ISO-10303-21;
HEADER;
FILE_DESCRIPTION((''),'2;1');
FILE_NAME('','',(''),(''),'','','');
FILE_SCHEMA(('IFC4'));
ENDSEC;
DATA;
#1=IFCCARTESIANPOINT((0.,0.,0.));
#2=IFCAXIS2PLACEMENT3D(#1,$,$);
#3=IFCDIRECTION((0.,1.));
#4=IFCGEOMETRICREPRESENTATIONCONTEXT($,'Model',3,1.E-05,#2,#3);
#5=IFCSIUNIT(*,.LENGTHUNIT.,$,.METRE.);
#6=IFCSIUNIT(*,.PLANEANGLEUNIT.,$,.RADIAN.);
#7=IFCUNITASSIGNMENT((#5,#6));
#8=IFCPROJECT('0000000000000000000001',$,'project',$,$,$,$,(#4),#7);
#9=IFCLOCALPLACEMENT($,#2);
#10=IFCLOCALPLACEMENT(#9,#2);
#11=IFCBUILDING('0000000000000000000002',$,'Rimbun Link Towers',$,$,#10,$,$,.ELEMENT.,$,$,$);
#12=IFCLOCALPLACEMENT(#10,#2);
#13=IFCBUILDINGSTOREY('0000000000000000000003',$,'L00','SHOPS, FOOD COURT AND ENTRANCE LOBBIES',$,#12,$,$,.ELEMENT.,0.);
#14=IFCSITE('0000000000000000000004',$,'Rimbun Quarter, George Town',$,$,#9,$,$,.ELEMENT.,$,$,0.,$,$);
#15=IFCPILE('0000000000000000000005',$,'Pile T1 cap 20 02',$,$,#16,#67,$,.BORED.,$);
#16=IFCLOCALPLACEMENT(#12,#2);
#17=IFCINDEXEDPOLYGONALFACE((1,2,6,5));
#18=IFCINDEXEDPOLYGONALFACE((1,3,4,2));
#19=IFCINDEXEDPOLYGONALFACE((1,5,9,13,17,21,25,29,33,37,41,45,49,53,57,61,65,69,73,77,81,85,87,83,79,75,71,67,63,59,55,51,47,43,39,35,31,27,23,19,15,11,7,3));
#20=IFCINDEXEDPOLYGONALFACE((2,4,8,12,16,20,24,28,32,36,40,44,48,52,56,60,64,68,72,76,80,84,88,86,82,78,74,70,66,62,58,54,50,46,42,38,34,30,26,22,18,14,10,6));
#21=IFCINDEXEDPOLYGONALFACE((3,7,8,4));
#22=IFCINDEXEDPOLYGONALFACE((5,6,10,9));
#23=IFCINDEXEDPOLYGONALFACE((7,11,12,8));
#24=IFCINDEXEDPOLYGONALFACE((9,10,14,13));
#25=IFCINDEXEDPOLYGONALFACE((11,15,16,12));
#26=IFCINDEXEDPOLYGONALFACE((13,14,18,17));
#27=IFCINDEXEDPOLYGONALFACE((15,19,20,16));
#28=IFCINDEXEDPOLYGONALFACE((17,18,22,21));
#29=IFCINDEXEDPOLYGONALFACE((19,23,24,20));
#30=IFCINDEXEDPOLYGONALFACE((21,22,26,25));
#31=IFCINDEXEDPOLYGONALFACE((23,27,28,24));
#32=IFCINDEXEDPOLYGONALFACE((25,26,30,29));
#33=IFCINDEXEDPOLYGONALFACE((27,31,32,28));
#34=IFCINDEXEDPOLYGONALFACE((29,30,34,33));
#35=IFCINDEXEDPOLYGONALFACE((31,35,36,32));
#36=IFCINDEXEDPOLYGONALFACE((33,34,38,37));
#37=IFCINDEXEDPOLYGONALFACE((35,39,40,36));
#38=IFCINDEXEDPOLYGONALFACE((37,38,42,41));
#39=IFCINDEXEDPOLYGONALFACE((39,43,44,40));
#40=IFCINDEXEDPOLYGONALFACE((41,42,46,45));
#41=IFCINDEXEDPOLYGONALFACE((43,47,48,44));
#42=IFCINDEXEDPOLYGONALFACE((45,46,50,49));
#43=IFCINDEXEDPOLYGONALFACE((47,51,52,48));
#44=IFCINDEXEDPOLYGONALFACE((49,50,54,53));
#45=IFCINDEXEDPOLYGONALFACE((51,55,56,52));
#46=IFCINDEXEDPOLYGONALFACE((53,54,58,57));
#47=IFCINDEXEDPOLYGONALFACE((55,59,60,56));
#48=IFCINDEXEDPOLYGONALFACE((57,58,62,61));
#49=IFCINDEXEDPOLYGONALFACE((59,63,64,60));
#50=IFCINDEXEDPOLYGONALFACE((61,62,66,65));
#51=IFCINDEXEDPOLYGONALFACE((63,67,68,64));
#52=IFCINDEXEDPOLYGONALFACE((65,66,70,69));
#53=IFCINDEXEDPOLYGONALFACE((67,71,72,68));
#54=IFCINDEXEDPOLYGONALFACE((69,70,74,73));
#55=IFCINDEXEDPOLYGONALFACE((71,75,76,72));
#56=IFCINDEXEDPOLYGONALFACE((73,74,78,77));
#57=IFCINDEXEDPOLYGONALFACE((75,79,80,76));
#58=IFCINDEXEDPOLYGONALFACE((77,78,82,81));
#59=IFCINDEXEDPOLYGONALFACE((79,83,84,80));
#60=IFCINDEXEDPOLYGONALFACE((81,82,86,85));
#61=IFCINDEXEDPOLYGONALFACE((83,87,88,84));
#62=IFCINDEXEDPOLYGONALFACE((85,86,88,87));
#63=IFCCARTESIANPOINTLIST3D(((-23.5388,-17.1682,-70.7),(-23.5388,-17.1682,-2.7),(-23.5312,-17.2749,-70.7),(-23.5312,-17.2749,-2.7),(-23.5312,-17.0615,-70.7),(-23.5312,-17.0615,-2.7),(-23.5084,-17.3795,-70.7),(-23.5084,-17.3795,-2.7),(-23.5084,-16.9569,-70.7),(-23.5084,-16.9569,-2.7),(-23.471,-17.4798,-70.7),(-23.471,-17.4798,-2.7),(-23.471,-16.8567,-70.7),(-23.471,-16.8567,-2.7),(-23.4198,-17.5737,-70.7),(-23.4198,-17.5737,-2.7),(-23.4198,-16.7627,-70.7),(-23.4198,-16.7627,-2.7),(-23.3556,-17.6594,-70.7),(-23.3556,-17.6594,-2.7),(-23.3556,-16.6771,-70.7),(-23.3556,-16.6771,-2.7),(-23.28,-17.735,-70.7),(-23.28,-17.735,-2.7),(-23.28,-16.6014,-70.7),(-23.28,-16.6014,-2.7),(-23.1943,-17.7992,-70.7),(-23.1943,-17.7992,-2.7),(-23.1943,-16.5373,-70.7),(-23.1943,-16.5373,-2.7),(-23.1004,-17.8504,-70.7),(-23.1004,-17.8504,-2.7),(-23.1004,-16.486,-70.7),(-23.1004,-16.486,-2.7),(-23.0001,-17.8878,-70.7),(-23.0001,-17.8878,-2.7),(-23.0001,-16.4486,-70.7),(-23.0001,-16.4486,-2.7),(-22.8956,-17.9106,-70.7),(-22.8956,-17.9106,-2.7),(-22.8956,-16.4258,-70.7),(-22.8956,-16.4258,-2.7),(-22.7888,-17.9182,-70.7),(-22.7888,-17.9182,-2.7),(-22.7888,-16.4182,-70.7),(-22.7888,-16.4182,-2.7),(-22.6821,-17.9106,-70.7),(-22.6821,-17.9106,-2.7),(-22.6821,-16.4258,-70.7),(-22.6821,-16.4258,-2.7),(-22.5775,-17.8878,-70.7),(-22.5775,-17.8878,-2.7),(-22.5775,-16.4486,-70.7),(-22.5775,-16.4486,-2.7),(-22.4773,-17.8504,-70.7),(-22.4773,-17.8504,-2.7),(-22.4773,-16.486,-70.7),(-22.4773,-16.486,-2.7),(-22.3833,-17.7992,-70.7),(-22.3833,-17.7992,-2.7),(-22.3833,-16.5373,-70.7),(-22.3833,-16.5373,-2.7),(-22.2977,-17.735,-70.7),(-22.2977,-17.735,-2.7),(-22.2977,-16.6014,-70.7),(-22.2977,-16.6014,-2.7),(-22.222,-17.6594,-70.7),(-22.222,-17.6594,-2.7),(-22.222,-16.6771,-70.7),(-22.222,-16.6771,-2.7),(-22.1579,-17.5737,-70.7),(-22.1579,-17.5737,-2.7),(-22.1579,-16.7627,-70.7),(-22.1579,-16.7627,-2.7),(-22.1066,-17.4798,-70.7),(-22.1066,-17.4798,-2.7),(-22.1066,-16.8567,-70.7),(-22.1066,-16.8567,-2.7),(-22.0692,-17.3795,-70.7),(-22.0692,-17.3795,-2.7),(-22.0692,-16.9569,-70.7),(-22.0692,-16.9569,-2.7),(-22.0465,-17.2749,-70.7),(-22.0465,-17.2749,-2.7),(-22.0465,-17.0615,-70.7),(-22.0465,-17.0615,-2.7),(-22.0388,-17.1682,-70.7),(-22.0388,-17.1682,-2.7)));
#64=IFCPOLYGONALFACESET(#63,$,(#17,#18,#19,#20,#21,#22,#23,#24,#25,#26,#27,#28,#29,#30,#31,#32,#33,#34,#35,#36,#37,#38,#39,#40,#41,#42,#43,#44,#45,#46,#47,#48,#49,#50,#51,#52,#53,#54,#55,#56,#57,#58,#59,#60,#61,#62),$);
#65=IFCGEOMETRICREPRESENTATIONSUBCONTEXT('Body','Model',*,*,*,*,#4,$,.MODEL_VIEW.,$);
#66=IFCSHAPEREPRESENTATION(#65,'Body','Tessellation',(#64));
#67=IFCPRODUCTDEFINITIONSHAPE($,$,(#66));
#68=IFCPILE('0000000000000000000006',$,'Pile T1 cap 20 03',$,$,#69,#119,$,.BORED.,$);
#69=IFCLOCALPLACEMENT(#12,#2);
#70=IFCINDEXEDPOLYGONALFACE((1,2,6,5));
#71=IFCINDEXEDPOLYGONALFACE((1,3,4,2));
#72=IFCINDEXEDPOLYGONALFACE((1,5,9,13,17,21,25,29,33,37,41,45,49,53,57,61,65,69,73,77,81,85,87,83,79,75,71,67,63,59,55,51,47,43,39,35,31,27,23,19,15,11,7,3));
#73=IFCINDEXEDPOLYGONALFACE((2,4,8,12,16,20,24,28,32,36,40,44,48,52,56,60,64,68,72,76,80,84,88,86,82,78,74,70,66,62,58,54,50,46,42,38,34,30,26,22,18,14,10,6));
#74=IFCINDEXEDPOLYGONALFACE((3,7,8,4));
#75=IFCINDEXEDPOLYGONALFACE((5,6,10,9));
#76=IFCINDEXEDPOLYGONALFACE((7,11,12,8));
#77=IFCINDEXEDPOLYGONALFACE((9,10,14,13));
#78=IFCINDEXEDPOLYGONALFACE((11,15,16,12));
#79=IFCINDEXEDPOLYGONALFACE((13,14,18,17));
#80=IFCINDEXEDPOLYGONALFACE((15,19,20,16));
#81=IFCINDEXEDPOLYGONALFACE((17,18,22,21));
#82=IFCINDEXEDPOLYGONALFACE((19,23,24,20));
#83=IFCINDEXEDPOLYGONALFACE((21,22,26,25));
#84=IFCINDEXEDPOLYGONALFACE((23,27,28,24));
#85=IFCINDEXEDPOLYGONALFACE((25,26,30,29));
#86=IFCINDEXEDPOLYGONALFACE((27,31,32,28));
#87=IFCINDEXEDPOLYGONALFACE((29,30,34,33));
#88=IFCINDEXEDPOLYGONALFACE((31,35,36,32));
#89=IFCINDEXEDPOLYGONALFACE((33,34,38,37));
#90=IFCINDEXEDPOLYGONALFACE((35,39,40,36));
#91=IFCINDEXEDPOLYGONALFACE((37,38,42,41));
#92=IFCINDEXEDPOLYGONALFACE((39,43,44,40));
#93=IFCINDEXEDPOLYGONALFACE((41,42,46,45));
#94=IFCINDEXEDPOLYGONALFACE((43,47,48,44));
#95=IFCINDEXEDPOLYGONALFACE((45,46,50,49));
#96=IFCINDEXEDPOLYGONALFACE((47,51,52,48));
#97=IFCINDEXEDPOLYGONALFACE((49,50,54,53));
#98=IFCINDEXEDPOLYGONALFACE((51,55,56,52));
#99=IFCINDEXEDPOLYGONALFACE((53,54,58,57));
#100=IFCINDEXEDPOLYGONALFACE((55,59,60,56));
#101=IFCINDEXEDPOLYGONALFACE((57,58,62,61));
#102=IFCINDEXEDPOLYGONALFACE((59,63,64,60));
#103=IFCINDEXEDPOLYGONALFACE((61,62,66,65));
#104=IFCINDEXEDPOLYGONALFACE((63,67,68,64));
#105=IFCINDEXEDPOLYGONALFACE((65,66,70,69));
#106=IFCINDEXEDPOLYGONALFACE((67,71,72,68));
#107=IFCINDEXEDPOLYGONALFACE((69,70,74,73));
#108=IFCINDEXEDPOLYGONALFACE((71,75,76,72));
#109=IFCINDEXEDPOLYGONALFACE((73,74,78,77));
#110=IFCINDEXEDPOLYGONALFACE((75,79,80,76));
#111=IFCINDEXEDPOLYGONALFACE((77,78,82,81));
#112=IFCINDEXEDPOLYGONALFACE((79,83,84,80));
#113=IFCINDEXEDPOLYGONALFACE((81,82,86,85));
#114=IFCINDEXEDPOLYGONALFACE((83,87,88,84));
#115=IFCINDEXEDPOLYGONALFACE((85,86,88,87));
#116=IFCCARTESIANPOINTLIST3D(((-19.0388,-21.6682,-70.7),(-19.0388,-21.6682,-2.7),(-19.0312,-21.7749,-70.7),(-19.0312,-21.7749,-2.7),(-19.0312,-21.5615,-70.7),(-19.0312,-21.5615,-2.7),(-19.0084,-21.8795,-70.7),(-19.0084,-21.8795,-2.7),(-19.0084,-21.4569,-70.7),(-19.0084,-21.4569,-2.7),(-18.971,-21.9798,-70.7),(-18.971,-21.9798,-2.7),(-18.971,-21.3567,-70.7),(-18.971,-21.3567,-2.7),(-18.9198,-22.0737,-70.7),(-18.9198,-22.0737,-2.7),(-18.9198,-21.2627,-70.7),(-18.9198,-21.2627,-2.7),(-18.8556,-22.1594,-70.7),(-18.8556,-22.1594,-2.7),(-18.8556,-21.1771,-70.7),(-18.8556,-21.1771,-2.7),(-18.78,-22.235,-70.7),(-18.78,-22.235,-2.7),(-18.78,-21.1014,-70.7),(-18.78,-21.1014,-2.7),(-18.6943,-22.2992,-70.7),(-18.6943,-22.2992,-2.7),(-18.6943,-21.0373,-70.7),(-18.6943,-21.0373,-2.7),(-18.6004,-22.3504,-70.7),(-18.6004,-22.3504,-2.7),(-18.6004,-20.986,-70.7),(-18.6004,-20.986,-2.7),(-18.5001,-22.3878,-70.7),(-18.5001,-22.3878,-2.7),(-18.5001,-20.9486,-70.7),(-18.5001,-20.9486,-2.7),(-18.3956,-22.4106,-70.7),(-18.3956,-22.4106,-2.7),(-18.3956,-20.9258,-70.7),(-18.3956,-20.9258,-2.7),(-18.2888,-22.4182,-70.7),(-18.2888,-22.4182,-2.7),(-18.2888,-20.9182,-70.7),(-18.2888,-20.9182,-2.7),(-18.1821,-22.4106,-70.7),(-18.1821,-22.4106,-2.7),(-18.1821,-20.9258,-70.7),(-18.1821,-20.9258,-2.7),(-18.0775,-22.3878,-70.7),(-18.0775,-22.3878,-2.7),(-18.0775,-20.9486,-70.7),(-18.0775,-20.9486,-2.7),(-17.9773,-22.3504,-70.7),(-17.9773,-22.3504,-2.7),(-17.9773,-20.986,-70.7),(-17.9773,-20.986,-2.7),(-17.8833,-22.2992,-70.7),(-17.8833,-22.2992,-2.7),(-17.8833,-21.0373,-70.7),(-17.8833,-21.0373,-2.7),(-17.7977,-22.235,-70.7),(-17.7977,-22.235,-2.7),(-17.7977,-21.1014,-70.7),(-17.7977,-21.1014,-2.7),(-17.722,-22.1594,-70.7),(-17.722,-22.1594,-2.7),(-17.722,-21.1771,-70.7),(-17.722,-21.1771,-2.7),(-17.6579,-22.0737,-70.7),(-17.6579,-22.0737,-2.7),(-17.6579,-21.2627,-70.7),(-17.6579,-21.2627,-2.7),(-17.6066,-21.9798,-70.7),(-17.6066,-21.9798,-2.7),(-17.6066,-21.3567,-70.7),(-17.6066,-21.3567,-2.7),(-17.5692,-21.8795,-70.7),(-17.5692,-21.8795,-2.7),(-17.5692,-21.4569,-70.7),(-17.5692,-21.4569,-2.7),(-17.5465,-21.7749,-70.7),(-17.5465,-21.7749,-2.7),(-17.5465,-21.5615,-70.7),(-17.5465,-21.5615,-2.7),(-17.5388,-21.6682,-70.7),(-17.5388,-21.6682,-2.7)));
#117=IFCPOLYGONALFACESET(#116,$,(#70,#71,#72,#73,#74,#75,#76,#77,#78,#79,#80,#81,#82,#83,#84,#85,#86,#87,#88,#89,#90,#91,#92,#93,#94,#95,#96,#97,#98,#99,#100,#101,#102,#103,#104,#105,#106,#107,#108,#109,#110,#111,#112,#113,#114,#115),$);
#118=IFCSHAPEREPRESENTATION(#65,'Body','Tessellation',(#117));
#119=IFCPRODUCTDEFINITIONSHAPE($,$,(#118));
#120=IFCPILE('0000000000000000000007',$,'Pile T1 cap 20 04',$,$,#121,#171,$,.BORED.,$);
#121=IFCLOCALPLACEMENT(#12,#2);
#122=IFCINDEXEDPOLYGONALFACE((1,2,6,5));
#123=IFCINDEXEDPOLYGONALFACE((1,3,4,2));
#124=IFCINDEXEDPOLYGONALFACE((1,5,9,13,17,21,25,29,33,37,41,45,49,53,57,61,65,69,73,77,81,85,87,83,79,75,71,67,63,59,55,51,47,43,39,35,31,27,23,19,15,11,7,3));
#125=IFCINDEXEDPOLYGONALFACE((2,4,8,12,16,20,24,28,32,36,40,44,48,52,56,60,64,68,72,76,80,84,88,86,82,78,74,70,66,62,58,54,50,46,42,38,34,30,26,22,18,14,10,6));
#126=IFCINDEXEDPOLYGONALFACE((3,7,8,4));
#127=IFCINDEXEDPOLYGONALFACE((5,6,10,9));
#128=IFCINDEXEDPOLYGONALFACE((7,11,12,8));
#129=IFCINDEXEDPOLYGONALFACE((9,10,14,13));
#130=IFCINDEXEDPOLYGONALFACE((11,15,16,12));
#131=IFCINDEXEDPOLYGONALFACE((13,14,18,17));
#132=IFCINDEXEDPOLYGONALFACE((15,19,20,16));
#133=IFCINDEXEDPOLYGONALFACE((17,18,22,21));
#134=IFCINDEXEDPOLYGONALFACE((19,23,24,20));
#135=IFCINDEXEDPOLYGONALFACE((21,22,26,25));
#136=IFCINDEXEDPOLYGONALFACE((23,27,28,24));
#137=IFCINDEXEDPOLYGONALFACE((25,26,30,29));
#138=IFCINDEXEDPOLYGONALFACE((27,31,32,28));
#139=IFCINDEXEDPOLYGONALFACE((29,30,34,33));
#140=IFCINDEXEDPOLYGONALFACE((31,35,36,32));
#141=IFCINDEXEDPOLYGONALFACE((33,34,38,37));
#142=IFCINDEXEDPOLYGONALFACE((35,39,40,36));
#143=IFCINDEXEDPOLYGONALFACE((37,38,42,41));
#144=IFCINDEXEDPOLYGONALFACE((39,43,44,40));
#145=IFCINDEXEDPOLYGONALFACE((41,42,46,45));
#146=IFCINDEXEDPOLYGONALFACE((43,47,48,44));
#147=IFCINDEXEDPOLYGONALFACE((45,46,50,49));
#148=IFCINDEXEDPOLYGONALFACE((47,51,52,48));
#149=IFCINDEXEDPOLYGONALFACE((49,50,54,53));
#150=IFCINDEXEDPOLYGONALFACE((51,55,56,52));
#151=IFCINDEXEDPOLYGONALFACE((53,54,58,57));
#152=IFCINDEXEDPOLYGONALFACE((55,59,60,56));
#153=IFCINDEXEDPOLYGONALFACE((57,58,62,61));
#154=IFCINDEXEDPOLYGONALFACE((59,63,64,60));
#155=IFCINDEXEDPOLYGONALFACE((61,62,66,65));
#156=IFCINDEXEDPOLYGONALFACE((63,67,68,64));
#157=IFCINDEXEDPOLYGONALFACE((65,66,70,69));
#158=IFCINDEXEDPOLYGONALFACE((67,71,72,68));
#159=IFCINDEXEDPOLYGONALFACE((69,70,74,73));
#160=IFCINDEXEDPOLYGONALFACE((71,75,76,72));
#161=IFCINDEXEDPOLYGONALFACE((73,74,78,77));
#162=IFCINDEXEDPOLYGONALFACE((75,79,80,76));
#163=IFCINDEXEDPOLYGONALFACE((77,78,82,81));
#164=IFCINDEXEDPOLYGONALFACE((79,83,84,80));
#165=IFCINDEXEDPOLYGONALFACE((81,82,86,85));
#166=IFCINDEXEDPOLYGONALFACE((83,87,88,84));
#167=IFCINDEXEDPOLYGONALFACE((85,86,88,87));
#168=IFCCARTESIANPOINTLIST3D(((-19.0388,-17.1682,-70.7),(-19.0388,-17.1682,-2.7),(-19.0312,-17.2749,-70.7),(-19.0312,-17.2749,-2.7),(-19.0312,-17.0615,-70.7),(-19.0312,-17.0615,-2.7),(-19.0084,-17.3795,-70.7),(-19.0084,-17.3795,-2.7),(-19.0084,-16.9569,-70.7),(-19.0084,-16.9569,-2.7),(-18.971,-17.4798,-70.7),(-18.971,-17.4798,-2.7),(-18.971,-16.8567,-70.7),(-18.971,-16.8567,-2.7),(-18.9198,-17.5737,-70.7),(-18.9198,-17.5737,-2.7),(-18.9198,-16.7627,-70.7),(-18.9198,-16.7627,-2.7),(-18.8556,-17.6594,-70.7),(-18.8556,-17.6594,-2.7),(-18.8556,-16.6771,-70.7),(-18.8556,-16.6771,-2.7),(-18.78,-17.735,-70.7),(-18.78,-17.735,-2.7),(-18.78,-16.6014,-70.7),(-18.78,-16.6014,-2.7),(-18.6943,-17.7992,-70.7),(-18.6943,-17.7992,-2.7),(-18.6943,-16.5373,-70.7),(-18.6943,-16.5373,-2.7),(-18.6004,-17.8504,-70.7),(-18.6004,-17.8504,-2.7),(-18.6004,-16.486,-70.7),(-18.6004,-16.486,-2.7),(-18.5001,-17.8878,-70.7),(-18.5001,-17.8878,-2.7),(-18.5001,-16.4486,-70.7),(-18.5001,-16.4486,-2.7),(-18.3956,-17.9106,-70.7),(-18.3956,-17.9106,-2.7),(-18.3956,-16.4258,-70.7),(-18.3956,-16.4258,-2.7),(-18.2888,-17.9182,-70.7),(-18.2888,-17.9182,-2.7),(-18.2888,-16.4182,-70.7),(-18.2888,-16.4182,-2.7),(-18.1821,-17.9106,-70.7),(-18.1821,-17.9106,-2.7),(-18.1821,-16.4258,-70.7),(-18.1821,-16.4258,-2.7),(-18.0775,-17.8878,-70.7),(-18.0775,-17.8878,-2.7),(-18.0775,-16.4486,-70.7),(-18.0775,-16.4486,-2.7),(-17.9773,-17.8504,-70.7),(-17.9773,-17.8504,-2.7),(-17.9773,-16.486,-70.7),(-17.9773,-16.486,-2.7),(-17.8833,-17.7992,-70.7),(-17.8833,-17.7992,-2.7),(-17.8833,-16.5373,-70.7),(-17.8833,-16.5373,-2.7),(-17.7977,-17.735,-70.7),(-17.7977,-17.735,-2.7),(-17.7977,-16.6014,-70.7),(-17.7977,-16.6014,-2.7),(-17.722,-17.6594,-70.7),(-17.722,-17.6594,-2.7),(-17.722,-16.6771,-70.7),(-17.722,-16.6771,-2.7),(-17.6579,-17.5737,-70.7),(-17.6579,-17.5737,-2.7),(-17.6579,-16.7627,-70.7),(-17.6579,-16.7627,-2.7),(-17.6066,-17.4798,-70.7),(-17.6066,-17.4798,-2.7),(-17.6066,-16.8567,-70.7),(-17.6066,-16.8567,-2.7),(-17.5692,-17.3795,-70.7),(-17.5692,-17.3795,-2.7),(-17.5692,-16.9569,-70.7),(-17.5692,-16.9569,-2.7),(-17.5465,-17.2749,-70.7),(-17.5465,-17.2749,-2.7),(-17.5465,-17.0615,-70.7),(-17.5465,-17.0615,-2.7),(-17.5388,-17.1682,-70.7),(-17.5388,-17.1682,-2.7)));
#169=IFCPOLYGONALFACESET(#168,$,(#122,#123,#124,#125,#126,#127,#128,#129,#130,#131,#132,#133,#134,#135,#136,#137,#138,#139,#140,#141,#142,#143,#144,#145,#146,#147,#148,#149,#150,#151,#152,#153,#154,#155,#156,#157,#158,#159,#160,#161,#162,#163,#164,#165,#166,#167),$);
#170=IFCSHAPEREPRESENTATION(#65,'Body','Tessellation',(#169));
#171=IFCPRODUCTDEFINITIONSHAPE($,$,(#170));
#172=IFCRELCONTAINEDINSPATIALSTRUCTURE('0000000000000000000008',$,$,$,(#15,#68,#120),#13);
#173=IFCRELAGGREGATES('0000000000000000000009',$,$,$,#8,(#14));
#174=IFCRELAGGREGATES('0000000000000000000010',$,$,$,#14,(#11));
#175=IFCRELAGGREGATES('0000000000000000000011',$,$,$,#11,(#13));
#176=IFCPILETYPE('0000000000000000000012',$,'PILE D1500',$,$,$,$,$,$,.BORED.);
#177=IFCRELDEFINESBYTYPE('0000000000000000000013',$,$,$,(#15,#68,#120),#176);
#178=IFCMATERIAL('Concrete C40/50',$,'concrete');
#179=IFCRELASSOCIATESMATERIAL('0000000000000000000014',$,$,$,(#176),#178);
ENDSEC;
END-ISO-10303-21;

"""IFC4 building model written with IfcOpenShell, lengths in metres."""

from ifc_helpers import new_model, si_unit, direction, frame, origin, origin_2d, place, context, subcontext, project, spatial, circle, extrude, material, material_profile, profile_set, type_object, element, save


model = new_model("IFC4")

# Units and contexts
model_context = context("Model", 3, precision=1e-05, world=origin(), true_north=direction((0.0, 1.0)))
body_context = subcontext(model_context, "Body", "Model", "MODEL_VIEW")
ifc_project = project(units=[si_unit("LENGTHUNIT", "METRE"), si_unit("PLANEANGLEUNIT", "RADIAN")], contexts=[model_context])

# Site, building, storey
site_placement = place(None, origin())
site = spatial("IfcSite", under=ifc_project, at=site_placement, Name="Rimbun Quarter, George Town", CompositionType="ELEMENT", RefElevation=0.0)
building_placement = place(site_placement, origin())
building = spatial("IfcBuilding", under=site, at=building_placement, Name="Rimbun Link Towers", CompositionType="ELEMENT")
storey_placement = place(building_placement, origin())
storey = spatial("IfcBuildingStorey", under=building, at=storey_placement, Name="L00", Description="SHOPS, FOOD COURT AND ENTRANCE LOBBIES", CompositionType="ELEMENT", Elevation=0.0)

# Piles
ifc_material_1 = material(Name="Concrete C40/50", Category="concrete")
ifc_material_profile_1 = material_profile(ifc_material_1, circle(Radius=0.75, at=origin_2d()), Name="PILE D1500")
ifc_profile_set_1 = profile_set([ifc_material_profile_1], Name="Concrete C40/50")
pile_type_1 = type_object("IfcPileType", Name="PILE D1500", PredefinedType="BORED", material=ifc_profile_set_1)
for number, where, z_axis, x_axis, name in (
    (1, (-22.7888, -17.1682, -2.7), (0.0, 0.0, -1.0), (1.0, 0.0, 0.0), "Pile T1 cap 20 02"),
    (2, (-18.2888, -21.6682, -2.7), (0.0, 0.0, -1.0), (1.0, 0.0, 0.0), "Pile T1 cap 20 03"),
    (3, (-18.2888, -17.1682, -2.7), (0.0, 0.0, -1.0), (1.0, 0.0, 0.0), "Pile T1 cap 20 04"),
):
    element("IfcPile", number, at=place(storey_placement, frame(where, z_axis=z_axis, x_axis=x_axis)), inside=storey, type_object=pile_type_1, Name=name, PredefinedType="BORED", context=body_context, shape_type="SweptSolid", body=[
        extrude(circle(Radius=0.75, at=origin_2d()), origin(), (0.0, 0.0, 1.0), 68.0),
    ])

save(model, "model.ifc")
